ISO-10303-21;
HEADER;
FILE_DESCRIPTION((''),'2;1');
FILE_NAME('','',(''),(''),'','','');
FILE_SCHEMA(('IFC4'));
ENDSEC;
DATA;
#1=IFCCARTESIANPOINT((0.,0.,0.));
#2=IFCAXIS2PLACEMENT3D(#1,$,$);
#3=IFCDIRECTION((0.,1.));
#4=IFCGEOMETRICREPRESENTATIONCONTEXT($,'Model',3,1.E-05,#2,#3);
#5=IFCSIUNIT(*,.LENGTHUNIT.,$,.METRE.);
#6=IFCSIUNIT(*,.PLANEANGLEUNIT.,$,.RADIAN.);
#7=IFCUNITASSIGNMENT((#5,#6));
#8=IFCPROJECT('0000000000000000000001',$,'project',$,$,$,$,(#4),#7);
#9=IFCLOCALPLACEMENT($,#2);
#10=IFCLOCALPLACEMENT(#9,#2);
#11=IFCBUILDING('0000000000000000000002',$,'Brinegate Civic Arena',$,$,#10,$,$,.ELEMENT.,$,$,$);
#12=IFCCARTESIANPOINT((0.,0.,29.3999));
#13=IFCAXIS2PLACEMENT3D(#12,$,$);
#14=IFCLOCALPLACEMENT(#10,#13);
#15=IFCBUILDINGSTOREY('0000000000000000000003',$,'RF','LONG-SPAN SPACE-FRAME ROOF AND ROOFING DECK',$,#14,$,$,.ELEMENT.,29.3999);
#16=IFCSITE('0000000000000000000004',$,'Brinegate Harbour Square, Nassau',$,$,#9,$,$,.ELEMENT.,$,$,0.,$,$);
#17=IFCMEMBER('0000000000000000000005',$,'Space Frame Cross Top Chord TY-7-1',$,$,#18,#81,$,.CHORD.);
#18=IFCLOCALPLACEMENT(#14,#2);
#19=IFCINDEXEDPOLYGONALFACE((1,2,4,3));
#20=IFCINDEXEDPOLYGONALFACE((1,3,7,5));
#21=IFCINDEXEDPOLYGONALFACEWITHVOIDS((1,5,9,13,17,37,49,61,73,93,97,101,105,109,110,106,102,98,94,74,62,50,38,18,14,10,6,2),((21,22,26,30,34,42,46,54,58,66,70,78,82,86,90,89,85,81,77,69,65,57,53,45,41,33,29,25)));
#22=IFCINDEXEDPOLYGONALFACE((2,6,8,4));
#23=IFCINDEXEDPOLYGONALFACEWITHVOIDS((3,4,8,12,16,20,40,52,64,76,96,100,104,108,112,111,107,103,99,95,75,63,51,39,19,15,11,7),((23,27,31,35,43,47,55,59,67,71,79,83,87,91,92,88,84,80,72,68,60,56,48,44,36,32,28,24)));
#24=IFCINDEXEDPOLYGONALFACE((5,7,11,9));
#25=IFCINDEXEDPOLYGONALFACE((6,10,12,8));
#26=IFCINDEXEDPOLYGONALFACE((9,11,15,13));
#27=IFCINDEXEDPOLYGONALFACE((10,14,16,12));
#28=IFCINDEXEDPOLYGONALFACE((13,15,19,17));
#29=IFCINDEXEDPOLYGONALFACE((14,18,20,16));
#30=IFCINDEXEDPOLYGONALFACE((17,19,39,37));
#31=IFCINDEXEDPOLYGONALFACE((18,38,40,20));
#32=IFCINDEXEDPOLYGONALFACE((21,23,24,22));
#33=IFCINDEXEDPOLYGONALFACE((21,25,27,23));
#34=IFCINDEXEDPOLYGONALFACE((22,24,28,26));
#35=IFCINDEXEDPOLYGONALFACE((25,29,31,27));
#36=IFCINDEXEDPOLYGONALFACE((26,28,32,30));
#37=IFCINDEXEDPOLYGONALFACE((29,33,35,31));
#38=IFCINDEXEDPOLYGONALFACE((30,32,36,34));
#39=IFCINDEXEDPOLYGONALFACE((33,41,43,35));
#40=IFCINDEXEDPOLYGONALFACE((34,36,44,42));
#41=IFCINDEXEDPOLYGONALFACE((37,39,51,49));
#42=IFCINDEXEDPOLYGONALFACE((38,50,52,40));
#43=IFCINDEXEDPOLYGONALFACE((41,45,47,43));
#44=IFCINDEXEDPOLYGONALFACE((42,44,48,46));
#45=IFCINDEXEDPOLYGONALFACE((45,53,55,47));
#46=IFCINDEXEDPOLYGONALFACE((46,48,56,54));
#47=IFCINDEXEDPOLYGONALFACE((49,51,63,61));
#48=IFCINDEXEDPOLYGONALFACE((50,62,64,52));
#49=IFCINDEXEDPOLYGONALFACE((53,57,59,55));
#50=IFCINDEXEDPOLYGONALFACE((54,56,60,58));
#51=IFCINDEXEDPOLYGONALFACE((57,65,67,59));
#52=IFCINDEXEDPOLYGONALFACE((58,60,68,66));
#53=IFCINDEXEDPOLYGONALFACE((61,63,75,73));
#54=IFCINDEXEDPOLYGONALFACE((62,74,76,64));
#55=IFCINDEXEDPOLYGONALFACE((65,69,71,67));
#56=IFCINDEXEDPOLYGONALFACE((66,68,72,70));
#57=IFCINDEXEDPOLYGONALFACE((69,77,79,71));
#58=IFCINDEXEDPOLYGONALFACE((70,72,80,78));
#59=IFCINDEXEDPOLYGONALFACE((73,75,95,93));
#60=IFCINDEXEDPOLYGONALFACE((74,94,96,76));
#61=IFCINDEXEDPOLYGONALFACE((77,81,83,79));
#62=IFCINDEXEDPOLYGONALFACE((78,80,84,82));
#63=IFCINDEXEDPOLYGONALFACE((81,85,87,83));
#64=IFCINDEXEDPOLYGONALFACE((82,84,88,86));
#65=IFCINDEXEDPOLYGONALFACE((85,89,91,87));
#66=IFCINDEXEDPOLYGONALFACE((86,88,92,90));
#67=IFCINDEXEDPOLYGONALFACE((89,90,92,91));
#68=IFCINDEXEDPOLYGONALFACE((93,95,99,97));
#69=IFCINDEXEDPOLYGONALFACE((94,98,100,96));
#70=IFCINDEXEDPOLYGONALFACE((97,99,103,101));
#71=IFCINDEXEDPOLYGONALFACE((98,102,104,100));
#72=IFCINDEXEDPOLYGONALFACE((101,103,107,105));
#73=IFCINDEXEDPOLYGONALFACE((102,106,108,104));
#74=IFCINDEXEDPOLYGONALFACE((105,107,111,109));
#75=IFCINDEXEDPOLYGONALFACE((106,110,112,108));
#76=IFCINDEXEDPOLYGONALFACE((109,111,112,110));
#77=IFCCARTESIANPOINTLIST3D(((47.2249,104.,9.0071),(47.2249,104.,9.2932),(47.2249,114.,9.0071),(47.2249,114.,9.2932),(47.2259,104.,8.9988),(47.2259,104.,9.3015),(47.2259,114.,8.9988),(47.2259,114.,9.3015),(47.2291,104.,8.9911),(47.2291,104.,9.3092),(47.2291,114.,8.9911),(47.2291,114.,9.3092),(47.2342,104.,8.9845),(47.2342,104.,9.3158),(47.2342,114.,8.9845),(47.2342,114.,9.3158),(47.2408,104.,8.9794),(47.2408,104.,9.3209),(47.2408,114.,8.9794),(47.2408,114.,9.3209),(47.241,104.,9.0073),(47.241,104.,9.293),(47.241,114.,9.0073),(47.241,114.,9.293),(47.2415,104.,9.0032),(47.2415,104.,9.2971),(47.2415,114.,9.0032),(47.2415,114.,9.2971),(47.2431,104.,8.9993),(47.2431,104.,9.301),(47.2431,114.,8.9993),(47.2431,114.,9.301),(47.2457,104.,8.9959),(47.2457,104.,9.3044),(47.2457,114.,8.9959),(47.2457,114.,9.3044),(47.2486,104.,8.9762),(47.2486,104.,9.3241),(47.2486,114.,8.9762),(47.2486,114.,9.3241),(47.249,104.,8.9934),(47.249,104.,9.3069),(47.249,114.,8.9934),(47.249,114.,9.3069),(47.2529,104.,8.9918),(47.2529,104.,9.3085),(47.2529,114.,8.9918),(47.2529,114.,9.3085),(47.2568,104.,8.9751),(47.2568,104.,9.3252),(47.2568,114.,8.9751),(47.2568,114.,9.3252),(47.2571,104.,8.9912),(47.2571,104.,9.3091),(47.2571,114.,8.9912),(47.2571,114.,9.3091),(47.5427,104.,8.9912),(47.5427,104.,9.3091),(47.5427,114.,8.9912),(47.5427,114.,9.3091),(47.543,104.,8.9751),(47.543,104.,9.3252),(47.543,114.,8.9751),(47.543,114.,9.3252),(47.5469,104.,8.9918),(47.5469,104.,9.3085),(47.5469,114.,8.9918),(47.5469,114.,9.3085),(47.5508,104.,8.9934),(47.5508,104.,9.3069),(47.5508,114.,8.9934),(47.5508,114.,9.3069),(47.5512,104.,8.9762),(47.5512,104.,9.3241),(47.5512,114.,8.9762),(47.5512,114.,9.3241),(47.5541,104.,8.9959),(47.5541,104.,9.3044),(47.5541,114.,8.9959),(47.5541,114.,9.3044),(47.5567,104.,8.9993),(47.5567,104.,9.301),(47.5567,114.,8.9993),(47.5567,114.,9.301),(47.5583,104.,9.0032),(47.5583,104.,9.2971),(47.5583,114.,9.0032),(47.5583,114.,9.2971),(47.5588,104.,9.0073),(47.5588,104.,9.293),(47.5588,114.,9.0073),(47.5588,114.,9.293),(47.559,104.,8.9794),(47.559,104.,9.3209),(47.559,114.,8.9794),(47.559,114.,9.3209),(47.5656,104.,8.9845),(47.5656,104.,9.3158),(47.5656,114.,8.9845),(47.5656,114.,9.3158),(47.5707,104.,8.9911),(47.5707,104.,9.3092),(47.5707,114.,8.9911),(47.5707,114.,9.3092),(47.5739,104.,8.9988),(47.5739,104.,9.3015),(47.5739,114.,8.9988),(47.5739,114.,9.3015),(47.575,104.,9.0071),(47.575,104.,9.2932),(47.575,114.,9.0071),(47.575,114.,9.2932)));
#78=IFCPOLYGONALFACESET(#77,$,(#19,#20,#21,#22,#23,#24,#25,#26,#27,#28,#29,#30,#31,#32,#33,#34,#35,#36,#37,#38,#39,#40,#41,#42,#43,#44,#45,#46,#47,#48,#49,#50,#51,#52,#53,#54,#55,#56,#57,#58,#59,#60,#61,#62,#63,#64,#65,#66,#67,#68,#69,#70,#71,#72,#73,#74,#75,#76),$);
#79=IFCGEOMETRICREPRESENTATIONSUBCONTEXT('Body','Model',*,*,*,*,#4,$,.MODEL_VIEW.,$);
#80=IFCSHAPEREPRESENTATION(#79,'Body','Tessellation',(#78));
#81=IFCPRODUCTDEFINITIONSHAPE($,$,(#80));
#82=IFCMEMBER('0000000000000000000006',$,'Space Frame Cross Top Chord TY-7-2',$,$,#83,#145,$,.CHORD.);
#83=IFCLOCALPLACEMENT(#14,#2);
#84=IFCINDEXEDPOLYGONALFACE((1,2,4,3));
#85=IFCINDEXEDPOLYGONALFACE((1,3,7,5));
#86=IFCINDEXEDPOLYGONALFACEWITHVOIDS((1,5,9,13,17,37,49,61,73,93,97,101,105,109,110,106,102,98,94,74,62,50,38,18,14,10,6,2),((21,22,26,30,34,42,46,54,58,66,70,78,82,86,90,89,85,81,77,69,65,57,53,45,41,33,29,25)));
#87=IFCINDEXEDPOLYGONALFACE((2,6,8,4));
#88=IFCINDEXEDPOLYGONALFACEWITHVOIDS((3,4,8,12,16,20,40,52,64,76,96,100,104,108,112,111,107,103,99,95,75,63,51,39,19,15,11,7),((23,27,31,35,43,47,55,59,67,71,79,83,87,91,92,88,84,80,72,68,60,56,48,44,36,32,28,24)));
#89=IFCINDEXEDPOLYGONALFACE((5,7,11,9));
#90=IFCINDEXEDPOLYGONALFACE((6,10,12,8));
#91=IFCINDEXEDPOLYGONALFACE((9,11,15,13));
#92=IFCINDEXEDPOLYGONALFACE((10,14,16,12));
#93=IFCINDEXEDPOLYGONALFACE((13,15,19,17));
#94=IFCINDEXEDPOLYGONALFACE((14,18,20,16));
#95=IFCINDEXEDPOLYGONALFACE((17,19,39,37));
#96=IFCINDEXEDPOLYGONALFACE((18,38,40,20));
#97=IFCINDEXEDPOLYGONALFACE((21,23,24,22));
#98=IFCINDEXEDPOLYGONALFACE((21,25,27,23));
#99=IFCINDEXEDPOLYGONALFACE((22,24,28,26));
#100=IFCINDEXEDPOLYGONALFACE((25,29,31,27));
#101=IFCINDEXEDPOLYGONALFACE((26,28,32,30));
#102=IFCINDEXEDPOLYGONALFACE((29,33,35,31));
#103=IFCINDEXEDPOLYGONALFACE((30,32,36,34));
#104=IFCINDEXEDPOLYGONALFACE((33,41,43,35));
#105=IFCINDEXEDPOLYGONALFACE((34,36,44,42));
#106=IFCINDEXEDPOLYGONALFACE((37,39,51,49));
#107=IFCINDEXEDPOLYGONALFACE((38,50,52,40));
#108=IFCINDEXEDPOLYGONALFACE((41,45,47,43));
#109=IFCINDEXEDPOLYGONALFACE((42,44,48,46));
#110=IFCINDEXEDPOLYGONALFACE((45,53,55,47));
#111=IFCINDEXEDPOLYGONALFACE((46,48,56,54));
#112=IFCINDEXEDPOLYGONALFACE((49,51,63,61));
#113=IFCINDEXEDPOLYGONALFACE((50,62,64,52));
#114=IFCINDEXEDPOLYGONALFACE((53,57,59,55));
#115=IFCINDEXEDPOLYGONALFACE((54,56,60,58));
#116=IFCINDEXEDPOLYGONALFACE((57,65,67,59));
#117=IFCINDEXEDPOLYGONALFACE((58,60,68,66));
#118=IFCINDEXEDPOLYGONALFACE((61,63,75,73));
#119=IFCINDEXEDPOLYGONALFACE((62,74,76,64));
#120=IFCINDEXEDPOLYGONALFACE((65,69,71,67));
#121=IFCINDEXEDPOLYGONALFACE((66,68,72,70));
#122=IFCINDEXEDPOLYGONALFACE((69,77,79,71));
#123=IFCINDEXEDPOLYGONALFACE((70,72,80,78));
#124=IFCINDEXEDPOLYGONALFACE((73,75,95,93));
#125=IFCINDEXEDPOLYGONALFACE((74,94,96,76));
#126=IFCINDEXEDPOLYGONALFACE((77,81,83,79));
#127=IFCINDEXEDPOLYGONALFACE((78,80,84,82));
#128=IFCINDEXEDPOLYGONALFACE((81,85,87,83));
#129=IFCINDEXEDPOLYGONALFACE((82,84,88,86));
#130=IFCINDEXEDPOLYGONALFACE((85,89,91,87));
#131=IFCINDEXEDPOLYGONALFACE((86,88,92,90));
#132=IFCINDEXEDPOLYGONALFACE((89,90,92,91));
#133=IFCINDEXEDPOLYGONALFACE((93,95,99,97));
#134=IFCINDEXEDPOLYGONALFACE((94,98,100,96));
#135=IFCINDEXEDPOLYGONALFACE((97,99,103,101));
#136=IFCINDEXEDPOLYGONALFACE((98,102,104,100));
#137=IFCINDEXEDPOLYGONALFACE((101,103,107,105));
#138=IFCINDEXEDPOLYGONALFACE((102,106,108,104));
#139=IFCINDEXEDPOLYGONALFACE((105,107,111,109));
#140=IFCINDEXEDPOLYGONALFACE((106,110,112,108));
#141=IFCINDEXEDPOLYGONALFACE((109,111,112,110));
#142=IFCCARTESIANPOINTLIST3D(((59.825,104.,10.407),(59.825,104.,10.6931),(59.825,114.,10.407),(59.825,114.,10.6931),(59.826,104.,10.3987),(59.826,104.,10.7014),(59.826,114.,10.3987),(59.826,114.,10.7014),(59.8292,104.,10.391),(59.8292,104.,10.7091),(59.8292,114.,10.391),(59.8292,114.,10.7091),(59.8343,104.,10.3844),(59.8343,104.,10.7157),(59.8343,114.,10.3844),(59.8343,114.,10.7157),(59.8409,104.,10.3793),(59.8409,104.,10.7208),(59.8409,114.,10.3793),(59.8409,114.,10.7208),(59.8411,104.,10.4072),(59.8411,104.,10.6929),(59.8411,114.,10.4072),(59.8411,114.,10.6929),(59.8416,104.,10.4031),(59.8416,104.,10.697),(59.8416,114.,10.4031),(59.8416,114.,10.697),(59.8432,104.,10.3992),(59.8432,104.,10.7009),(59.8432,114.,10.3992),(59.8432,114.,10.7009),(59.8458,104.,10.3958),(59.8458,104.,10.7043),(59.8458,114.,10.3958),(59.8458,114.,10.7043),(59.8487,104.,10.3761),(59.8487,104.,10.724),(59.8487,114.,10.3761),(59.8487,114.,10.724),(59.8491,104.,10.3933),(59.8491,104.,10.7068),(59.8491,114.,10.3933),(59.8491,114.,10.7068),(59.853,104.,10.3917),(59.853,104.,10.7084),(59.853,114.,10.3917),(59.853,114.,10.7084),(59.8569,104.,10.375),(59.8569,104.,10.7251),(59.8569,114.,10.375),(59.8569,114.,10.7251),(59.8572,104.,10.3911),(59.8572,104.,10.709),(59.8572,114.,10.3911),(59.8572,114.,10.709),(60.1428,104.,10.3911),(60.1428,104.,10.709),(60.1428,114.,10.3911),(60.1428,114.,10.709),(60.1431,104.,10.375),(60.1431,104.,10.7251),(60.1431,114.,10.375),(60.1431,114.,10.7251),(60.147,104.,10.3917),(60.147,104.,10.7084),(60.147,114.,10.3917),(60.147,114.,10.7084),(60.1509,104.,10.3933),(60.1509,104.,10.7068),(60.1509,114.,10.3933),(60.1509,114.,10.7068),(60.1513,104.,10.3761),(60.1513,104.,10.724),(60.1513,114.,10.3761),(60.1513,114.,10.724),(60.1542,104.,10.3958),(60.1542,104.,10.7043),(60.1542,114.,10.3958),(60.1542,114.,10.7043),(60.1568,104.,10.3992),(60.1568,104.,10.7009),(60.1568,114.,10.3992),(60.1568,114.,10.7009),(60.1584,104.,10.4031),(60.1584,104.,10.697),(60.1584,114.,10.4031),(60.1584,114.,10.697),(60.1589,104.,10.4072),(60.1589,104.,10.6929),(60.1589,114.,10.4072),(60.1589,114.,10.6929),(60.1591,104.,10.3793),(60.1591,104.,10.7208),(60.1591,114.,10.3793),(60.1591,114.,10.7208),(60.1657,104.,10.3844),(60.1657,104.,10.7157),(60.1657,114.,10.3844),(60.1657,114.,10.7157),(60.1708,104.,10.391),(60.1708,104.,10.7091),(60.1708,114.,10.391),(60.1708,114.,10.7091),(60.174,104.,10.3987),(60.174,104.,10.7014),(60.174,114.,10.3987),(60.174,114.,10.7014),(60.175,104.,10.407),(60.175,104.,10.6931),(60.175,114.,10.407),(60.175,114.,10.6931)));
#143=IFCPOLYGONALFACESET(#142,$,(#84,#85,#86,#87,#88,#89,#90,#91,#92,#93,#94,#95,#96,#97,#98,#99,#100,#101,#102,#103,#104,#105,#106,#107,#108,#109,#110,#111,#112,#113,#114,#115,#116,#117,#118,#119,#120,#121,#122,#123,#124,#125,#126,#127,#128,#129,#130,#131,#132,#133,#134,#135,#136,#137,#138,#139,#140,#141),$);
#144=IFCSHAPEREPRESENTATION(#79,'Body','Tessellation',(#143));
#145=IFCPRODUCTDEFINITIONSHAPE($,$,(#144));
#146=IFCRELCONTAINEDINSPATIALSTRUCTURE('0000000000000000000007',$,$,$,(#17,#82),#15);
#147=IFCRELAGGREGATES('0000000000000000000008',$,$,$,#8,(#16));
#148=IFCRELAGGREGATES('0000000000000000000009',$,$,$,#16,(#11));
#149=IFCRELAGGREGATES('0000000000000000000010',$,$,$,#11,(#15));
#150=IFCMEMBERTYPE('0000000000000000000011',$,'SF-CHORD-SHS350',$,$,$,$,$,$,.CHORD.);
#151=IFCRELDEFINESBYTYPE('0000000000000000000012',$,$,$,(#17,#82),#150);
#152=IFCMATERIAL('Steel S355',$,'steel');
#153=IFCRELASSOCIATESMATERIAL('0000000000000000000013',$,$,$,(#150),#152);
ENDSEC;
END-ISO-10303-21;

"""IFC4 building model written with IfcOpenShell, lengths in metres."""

from ifc_helpers import new_model, si_unit, direction, frame, origin, origin_2d, place, context, subcontext, project, spatial, hollow_rectangle, extrude, material, material_profile, profile_set, type_object, element, save


model = new_model("IFC4")

# Units and contexts
model_context = context("Model", 3, precision=1e-05, world=origin(), true_north=direction((0.0, 1.0)))
body_context = subcontext(model_context, "Body", "Model", "MODEL_VIEW")
ifc_project = project(units=[si_unit("LENGTHUNIT", "METRE"), si_unit("PLANEANGLEUNIT", "RADIAN")], contexts=[model_context])

# Site, building, storey
site_placement = place(None, origin())
site = spatial("IfcSite", under=ifc_project, at=site_placement, Name="Brinegate Harbour Square, Nassau", CompositionType="ELEMENT", RefElevation=0.0)
building_placement = place(site_placement, origin())
building = spatial("IfcBuilding", under=site, at=building_placement, Name="Brinegate Civic Arena", CompositionType="ELEMENT")
storey_placement = place(building_placement, frame((0.0, 0.0, 29.3999)))
storey = spatial("IfcBuildingStorey", under=building, at=storey_placement, Name="RF", Description="LONG-SPAN SPACE-FRAME ROOF AND ROOFING DECK", CompositionType="ELEMENT", Elevation=29.3999)

# Shared definitions
ifc_material_1 = material(Name="Steel S355", Category="steel")

# Members
ifc_material_profile_1 = material_profile(ifc_material_1, hollow_rectangle(XDim=0.3501, YDim=0.3501, WallThickness=0.0161, InnerFilletRadius=0.0161, OuterFilletRadius=0.032, at=origin_2d()), Name="SHS350X16")
ifc_profile_set_1 = profile_set([ifc_material_profile_1], Name="Steel S355")
member_type_1 = type_object("IfcMemberType", Name="SF-CHORD-SHS350", PredefinedType="CHORD", material=ifc_profile_set_1)
for number, where, z_axis, x_axis, name in (
    (1, (47.3999, 104.0, 9.1501), (0.0, 1.0, 0.0), (-1.0, 0.0, 0.0), "Space Frame Cross Top Chord TY-7-1"),
    (2, (60.0, 104.0, 10.55), (0.0, 1.0, 0.0), (-1.0, 0.0, 0.0), "Space Frame Cross Top Chord TY-7-2"),
):
    element("IfcMember", number, at=place(storey_placement, frame(where, z_axis=z_axis, x_axis=x_axis)), inside=storey, type_object=member_type_1, Name=name, PredefinedType="CHORD", context=body_context, shape_type="SweptSolid", body=[
        extrude(hollow_rectangle(XDim=0.3501, YDim=0.3501, WallThickness=0.0161, InnerFilletRadius=0.0161, OuterFilletRadius=0.032, at=origin_2d()), origin(), (0.0, 0.0, 1.0), 10.0),
    ])

save(model, "model.ifc")
